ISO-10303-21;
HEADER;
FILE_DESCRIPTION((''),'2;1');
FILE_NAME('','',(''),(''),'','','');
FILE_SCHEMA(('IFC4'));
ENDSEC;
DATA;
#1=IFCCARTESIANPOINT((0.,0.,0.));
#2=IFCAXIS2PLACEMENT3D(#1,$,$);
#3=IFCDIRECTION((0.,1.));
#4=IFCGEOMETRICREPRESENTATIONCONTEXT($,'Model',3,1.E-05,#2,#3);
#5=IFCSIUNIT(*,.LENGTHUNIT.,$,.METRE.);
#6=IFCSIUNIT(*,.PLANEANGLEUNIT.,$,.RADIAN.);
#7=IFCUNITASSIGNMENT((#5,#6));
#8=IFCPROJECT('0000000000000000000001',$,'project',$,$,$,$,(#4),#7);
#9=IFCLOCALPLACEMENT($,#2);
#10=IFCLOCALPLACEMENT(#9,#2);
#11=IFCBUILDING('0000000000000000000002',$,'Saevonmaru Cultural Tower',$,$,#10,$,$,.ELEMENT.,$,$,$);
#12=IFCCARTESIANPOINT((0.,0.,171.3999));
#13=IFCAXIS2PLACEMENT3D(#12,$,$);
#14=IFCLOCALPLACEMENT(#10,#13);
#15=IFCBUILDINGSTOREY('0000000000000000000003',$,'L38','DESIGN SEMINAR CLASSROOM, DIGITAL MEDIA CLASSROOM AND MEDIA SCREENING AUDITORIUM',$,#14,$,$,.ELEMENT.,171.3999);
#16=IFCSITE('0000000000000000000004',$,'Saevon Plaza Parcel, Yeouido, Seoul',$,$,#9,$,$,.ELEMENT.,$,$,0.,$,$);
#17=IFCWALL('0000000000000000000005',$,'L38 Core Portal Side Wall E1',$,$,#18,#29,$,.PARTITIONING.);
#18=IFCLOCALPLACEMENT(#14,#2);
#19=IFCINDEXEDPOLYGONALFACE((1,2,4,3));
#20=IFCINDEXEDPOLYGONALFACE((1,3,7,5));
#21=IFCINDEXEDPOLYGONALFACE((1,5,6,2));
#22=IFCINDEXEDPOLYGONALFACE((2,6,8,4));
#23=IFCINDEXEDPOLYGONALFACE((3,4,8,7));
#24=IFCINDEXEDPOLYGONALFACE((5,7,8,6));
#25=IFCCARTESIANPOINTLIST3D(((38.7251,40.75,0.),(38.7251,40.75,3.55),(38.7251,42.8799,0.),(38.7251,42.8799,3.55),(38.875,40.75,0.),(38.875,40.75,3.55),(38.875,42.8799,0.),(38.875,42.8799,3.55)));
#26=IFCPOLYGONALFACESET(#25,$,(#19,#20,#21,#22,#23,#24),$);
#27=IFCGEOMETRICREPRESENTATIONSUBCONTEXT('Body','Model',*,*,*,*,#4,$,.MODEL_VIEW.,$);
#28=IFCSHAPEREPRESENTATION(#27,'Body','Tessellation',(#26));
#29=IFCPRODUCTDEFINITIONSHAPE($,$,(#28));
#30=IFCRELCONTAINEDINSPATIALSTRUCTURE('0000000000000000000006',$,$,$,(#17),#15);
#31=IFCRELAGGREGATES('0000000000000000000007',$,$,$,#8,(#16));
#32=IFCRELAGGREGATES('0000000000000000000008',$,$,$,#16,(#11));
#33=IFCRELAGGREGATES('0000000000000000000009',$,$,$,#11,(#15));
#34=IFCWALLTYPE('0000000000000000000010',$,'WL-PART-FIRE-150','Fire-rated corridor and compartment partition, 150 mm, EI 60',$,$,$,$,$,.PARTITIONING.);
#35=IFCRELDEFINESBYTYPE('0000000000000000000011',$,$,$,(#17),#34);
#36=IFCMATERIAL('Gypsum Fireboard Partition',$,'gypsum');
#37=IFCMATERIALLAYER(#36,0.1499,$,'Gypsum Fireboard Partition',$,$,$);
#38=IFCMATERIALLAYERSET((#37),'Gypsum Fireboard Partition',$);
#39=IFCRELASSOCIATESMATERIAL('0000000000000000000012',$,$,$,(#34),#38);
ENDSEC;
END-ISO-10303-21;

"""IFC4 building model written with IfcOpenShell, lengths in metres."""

from ifc_helpers import new_model, si_unit, direction, frame, frame_2d, origin, place, context, subcontext, project, spatial, rectangle, extrude, material, layer, layer_set, type_object, element, save


model = new_model("IFC4")

# Units and contexts
model_context = context("Model", 3, precision=1e-05, world=origin(), true_north=direction((0.0, 1.0)))
body_context = subcontext(model_context, "Body", "Model", "MODEL_VIEW")
ifc_project = project(units=[si_unit("LENGTHUNIT", "METRE"), si_unit("PLANEANGLEUNIT", "RADIAN")], contexts=[model_context])

# Site, building, storey
site_placement = place(None, origin())
site = spatial("IfcSite", under=ifc_project, at=site_placement, Name="Saevon Plaza Parcel, Yeouido, Seoul", CompositionType="ELEMENT", RefElevation=0.0)
building_placement = place(site_placement, origin())
building = spatial("IfcBuilding", under=site, at=building_placement, Name="Saevonmaru Cultural Tower", CompositionType="ELEMENT")
storey_placement = place(building_placement, frame((0.0, 0.0, 171.3999)))
storey = spatial("IfcBuildingStorey", under=building, at=storey_placement, Name="L38", Description="DESIGN SEMINAR CLASSROOM, DIGITAL MEDIA CLASSROOM AND MEDIA SCREENING AUDITORIUM", CompositionType="ELEMENT", Elevation=171.3999)

# Wall
ifc_material_1 = material(Name="Gypsum Fireboard Partition", Category="gypsum")
ifc_layer_1 = layer(ifc_material_1, 0.1499, Name="Gypsum Fireboard Partition")
ifc_layer_set_1 = layer_set([ifc_layer_1], Name="Gypsum Fireboard Partition")
wall_type = type_object("IfcWallType", Name="WL-PART-FIRE-150", Description="Fire-rated corridor and compartment partition, 150 mm, EI 60", PredefinedType="PARTITIONING", material=ifc_layer_set_1)
wall_1_placement = place(storey_placement, frame((38.8, 40.75, 0.0), z_axis=(0.0, 0.0, 1.0), x_axis=(0.0, 1.0, 0.0)))
element("IfcWall", 1, at=wall_1_placement, inside=storey, type_object=wall_type, Name="L38 Core Portal Side Wall E1", PredefinedType="PARTITIONING", context=body_context, shape_type="SweptSolid", body=[
    extrude(rectangle(XDim=2.1299, YDim=0.1499, at=frame_2d((1.0649, 0.0))), origin(), (0.0, 0.0, 1.0), 3.55),
])

save(model, "model.ifc")
